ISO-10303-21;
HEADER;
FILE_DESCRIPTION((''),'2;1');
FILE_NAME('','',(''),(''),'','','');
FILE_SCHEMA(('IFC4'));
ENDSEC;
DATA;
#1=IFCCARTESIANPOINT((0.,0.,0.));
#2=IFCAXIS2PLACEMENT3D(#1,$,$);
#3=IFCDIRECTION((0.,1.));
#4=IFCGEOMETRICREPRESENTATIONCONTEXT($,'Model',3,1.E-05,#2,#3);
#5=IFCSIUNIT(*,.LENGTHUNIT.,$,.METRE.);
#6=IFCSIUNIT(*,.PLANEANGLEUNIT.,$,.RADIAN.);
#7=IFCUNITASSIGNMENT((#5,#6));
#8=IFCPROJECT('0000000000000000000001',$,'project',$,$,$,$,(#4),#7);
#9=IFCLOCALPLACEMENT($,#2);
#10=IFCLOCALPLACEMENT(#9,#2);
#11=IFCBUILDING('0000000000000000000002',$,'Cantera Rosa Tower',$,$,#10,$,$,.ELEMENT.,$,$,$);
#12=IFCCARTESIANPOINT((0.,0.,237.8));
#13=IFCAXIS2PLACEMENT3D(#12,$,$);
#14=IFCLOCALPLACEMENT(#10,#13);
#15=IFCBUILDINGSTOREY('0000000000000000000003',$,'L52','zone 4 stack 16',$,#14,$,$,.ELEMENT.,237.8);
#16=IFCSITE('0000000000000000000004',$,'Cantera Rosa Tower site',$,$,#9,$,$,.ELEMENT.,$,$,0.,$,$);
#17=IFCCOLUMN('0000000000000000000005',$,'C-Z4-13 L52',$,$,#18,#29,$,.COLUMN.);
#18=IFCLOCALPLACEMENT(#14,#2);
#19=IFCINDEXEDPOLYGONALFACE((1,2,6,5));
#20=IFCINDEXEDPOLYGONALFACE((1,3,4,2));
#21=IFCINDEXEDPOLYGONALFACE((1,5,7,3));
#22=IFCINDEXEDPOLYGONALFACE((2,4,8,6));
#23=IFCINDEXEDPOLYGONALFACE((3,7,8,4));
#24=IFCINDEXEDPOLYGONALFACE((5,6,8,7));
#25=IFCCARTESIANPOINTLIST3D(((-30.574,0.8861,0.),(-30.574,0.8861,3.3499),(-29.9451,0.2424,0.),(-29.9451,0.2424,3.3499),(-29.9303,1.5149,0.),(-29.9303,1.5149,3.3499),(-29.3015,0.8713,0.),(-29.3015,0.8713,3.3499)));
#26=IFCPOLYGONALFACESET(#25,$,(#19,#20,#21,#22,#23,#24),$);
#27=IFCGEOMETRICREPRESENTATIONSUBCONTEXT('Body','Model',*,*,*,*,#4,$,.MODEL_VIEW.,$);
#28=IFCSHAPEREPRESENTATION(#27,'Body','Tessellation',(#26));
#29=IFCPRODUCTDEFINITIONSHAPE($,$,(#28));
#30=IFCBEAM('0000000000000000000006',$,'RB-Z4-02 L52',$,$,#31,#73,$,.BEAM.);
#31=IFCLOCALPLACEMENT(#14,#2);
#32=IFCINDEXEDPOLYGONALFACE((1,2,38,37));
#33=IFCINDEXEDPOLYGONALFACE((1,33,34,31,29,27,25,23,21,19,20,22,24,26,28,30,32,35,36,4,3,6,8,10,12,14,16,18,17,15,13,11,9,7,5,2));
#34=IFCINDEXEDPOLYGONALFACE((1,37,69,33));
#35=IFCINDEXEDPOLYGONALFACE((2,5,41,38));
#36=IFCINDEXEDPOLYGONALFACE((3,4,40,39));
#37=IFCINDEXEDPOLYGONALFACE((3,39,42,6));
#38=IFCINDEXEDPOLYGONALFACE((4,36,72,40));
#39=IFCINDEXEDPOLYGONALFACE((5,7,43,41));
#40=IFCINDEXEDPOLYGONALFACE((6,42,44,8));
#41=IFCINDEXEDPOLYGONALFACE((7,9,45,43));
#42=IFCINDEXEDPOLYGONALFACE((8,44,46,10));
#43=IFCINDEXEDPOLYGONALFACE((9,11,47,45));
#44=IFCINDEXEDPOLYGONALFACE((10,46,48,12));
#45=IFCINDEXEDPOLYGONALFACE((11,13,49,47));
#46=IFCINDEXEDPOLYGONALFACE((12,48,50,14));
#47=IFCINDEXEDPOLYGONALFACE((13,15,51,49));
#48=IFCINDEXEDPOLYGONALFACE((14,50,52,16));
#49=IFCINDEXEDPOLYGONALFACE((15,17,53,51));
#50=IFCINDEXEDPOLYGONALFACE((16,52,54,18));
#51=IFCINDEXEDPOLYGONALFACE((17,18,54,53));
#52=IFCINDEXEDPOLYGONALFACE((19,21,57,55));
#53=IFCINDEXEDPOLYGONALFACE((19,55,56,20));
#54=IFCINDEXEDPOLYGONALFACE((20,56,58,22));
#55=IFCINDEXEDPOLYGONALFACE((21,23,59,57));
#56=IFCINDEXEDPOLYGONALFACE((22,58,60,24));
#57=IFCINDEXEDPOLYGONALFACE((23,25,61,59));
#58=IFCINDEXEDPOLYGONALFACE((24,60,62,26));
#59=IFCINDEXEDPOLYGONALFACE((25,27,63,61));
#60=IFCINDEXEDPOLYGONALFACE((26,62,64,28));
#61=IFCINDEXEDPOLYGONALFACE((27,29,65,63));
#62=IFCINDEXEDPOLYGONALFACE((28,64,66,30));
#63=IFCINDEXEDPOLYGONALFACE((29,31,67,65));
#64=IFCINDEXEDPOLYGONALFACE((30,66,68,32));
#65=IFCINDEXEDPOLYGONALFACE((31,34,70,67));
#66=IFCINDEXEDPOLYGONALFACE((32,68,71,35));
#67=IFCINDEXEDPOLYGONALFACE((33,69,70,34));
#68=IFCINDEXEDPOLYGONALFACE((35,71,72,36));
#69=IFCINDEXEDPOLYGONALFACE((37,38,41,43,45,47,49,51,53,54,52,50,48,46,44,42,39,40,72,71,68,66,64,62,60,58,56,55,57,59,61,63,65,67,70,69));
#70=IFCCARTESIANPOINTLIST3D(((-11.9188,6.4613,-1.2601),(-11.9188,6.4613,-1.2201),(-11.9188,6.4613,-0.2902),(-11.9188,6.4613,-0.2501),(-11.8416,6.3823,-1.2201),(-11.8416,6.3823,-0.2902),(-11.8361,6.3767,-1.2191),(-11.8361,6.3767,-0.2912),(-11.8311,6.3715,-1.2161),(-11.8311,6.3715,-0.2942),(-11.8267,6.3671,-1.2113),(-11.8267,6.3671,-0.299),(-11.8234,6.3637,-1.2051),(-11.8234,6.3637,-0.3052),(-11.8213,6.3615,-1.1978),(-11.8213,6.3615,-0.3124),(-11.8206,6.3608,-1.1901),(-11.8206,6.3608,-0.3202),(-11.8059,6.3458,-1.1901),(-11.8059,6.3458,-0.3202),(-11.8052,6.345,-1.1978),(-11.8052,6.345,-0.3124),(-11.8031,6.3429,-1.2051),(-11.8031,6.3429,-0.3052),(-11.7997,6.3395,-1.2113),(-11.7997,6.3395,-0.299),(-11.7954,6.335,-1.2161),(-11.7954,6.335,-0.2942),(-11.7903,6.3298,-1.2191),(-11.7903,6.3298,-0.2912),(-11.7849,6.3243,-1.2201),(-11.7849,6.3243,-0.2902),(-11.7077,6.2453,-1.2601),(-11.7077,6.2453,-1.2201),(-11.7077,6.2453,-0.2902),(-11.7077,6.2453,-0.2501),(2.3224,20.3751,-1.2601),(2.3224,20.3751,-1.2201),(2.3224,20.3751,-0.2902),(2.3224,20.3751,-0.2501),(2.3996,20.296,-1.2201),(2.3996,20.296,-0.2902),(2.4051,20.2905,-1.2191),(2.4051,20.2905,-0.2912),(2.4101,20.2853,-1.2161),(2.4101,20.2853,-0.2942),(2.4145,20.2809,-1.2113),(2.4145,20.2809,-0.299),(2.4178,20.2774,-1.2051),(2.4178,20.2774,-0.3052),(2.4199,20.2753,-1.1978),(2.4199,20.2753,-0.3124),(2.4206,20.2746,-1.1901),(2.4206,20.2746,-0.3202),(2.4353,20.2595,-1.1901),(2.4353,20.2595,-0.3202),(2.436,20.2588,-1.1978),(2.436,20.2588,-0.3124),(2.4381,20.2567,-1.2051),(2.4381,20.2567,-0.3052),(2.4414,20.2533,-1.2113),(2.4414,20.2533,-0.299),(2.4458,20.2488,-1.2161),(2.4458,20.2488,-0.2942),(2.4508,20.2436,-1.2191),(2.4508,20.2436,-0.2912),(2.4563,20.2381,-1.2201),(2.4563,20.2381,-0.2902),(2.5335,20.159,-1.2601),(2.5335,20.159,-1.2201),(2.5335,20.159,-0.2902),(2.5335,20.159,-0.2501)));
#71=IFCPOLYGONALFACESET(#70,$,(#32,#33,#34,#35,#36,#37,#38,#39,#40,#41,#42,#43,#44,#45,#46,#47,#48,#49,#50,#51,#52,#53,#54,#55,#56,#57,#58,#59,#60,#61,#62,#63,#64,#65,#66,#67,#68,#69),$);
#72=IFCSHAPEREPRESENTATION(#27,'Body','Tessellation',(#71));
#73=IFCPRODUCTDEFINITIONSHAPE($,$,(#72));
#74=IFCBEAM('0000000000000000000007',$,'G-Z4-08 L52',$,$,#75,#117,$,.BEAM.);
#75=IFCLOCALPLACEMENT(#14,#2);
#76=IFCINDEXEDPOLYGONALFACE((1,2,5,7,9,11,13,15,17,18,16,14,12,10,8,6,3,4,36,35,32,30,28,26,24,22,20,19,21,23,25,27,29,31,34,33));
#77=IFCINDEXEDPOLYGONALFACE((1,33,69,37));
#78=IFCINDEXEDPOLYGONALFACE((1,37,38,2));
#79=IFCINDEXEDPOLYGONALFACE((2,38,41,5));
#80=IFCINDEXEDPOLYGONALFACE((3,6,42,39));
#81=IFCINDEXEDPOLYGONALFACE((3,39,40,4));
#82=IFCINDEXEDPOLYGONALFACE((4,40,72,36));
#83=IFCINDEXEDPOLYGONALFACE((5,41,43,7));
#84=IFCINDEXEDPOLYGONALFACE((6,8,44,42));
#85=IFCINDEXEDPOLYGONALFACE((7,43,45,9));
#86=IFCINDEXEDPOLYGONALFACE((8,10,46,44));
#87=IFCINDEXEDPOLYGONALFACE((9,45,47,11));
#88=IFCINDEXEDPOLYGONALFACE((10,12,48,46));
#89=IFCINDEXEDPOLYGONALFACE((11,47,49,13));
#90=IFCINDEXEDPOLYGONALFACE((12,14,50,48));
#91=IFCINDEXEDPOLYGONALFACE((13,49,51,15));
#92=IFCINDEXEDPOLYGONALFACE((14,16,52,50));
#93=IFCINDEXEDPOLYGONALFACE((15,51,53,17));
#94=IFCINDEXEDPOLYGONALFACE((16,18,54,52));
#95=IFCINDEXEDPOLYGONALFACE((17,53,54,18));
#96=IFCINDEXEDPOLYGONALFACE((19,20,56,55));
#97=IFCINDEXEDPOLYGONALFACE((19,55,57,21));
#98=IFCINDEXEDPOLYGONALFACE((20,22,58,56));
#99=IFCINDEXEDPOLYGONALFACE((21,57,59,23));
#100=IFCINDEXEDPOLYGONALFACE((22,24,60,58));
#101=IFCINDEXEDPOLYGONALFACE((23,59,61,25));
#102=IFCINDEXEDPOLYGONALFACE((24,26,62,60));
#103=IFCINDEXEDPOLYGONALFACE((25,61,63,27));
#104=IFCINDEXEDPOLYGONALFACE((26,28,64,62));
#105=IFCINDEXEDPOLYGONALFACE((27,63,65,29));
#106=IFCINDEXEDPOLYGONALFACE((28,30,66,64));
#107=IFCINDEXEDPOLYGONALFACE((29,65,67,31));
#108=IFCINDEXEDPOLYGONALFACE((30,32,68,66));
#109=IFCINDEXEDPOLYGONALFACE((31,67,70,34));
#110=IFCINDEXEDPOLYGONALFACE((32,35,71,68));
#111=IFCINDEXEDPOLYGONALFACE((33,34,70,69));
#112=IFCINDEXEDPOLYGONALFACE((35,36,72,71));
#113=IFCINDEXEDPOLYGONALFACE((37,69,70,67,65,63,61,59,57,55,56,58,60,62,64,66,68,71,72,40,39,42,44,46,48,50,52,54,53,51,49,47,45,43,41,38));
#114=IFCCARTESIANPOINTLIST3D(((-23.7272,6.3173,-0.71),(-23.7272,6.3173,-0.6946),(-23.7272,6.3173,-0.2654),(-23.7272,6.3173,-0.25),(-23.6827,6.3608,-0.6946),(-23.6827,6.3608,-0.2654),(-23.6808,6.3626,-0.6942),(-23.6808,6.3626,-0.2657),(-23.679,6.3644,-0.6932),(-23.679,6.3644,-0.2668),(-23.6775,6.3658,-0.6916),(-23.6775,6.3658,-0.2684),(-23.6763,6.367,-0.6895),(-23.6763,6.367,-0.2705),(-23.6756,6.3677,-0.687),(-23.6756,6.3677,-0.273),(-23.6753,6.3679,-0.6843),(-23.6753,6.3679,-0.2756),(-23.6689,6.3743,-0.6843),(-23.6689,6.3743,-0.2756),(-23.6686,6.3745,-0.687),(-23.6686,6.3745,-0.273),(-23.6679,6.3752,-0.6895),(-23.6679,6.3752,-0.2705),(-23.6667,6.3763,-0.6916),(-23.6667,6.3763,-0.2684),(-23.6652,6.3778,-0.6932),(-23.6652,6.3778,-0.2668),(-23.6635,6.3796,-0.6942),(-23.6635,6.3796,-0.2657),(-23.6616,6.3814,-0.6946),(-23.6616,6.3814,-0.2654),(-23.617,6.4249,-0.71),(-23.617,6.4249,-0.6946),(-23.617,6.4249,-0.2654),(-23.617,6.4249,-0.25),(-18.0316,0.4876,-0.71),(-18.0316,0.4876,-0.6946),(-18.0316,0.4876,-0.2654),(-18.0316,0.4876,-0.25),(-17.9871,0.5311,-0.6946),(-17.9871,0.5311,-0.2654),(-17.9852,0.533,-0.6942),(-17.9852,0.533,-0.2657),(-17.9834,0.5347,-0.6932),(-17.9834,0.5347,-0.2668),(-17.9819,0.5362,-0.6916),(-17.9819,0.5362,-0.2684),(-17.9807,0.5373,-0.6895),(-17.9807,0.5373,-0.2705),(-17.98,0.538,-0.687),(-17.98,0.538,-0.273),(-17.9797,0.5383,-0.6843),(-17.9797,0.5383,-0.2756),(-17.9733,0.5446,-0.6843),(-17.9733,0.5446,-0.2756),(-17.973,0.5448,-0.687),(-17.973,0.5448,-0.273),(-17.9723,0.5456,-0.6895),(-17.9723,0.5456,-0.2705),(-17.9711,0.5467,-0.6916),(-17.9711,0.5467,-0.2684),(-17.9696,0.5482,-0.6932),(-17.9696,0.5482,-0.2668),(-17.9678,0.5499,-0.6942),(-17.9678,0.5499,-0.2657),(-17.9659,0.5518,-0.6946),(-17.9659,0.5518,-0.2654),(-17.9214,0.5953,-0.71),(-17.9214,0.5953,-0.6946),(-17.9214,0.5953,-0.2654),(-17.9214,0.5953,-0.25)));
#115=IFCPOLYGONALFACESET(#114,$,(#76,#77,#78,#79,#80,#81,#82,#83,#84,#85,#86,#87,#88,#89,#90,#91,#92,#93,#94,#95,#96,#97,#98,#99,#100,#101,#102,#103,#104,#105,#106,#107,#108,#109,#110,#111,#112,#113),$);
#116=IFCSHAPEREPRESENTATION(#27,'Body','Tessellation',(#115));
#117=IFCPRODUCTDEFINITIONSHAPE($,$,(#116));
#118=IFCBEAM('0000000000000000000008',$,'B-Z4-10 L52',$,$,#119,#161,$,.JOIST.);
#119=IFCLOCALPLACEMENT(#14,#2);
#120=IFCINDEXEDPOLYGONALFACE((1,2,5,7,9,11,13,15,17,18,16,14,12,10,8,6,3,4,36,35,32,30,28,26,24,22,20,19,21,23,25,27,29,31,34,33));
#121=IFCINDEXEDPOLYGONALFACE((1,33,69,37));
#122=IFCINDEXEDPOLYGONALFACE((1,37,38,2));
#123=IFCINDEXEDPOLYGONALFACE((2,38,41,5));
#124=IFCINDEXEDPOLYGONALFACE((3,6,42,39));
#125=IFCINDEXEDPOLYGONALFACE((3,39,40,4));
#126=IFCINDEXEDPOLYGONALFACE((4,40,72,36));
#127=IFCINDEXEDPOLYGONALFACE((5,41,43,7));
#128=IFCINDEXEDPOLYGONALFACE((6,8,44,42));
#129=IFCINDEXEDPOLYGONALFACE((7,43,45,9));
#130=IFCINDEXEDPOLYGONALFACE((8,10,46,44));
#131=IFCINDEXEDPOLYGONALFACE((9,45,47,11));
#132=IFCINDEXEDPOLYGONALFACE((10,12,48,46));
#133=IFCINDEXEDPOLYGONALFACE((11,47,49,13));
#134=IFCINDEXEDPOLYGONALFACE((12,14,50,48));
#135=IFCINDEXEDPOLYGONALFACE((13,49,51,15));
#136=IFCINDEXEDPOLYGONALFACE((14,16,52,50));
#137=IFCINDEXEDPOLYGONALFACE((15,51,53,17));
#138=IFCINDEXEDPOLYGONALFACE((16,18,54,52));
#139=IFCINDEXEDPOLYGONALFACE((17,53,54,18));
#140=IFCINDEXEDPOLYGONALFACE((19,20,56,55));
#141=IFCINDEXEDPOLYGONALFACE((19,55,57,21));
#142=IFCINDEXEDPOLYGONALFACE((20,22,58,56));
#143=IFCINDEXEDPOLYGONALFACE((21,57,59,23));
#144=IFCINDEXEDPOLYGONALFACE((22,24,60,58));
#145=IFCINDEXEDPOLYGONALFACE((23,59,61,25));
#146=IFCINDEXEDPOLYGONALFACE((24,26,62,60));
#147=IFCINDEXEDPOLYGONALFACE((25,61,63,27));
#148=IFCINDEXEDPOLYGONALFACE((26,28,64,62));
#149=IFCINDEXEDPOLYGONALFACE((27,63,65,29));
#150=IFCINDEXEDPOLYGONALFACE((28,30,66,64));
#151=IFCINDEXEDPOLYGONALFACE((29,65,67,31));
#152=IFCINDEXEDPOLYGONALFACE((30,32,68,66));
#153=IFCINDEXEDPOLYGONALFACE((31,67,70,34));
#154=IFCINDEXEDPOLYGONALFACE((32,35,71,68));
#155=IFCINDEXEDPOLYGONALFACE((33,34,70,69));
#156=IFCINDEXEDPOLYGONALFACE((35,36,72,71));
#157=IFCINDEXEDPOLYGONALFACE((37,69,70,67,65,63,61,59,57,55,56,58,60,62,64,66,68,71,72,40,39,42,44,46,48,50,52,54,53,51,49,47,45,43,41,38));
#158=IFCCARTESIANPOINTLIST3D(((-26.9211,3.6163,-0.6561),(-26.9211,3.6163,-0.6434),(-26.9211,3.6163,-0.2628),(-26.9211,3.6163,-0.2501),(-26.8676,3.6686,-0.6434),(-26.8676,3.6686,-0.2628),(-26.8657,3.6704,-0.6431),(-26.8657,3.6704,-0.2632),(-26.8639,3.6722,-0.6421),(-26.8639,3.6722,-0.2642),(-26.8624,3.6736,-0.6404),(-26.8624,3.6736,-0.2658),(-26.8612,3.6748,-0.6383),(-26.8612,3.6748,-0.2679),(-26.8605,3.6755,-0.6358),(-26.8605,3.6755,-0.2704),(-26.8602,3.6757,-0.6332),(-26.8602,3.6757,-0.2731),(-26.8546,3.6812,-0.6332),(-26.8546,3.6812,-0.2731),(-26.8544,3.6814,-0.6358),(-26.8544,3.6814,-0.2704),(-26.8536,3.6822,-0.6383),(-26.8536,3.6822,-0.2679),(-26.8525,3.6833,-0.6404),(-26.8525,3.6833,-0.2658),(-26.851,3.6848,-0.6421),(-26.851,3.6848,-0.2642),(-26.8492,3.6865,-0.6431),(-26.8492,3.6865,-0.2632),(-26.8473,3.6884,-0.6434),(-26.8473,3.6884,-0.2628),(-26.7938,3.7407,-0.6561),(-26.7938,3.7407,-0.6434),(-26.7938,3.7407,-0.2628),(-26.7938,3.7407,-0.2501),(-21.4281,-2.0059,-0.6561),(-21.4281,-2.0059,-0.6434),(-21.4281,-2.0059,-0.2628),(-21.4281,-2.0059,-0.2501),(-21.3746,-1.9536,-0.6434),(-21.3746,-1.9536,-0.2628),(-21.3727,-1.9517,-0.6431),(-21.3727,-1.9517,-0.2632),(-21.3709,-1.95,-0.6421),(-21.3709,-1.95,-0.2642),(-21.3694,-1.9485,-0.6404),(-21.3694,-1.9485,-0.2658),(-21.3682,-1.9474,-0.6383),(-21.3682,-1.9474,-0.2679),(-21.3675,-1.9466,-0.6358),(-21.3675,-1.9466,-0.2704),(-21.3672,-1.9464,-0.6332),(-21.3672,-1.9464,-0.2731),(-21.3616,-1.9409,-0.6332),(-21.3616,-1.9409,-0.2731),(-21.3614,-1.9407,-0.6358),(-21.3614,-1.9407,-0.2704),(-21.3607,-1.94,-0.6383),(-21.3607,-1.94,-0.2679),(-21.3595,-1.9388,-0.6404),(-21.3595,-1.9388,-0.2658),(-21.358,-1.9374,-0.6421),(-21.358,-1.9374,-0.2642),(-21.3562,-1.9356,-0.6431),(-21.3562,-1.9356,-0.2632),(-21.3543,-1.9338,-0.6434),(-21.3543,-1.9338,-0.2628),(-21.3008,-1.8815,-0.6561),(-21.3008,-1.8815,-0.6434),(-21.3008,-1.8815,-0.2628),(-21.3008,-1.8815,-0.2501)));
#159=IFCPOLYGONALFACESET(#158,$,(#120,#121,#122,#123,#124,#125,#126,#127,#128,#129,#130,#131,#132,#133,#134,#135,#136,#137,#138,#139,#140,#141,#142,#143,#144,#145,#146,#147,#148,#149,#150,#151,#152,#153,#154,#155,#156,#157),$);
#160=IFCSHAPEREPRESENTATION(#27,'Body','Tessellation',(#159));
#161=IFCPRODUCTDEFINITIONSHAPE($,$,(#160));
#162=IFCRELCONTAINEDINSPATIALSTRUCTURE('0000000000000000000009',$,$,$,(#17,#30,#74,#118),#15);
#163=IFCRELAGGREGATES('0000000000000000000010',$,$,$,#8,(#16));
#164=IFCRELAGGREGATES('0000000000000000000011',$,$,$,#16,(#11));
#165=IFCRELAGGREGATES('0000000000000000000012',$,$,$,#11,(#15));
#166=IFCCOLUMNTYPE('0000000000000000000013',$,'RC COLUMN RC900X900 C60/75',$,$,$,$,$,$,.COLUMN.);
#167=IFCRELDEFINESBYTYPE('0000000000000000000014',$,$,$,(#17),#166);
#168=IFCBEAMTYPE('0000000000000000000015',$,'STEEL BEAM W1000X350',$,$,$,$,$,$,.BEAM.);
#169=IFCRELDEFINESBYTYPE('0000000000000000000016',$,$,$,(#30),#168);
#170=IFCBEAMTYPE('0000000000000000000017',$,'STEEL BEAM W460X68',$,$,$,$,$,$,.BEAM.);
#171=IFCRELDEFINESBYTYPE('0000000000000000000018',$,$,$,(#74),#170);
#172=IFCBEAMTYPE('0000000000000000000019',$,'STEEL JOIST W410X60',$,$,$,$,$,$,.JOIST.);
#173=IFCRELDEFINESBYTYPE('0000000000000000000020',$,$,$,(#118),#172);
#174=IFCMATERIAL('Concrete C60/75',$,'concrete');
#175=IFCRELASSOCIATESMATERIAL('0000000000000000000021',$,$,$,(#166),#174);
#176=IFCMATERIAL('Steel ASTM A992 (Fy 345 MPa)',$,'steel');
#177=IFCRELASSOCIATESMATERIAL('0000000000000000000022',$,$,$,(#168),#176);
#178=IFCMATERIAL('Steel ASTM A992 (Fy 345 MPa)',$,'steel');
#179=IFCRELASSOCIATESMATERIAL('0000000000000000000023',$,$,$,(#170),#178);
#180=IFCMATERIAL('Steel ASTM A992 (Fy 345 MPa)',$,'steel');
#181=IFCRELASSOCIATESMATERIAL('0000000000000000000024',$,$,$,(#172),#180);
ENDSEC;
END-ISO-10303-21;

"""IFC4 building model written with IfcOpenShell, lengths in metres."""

from ifc_helpers import new_model, si_unit, direction, frame, origin, origin_2d, place, context, subcontext, project, spatial, rectangle, i_section, extrude, material, material_profile, profile_set, type_object, element, save


model = new_model("IFC4")

# Units and contexts
model_context = context("Model", 3, precision=1e-05, world=origin(), true_north=direction((0.0, 1.0)))
body_context = subcontext(model_context, "Body", "Model", "MODEL_VIEW")
ifc_project = project(units=[si_unit("LENGTHUNIT", "METRE"), si_unit("PLANEANGLEUNIT", "RADIAN")], contexts=[model_context])

# Site, building, storey
site_placement = place(None, origin())
site = spatial("IfcSite", under=ifc_project, at=site_placement, Name="Cantera Rosa Tower site", CompositionType="ELEMENT", RefElevation=0.0)
building_placement = place(site_placement, origin())
building = spatial("IfcBuilding", under=site, at=building_placement, Name="Cantera Rosa Tower", CompositionType="ELEMENT")
storey_placement = place(building_placement, frame((0.0, 0.0, 237.8)))
storey = spatial("IfcBuildingStorey", under=building, at=storey_placement, Name="L52", Description="zone 4 stack 16", CompositionType="ELEMENT", Elevation=237.8)

# Column
ifc_material_1 = material(Name="Concrete C60/75", Category="concrete")
ifc_material_profile_1 = material_profile(ifc_material_1, rectangle(XDim=0.8999, YDim=0.8999, at=origin_2d()), Name="RC COLUMN RC900X900 C60/75")
ifc_profile_set_1 = profile_set([ifc_material_profile_1], Name="Concrete C60/75")
column_type = type_object("IfcColumnType", Name="RC COLUMN RC900X900 C60/75", PredefinedType="COLUMN", material=ifc_profile_set_1)
column_placement = place(storey_placement, frame((-29.9377, 0.8787, 0.0), z_axis=(0.0, 0.0, 1.0), x_axis=(0.715286, 0.698832, 0.0)))
element("IfcColumn", 1, at=column_placement, inside=storey, type_object=column_type, Name="C-Z4-13 L52", PredefinedType="COLUMN", context=body_context, shape_type="SweptSolid", body=[
    extrude(rectangle(XDim=0.8999, YDim=0.8999, at=origin_2d()), origin(), (0.0, 0.0, 1.0), 3.3499),
])

# Beams
ifc_material_2 = material(Name="Steel ASTM A992 (Fy 345 MPa)", Category="steel")
ifc_material_profile_2 = material_profile(ifc_material_2, i_section(OverallWidth=0.302, OverallDepth=1.01, WebThickness=0.021, FlangeThickness=0.04, FilletRadius=0.03, at=origin_2d()), Name="W1000X350")
ifc_profile_set_2 = profile_set([ifc_material_profile_2], Name="Steel ASTM A992 (Fy 345 MPa)")
beam_type_1 = type_object("IfcBeamType", Name="STEEL BEAM W1000X350", PredefinedType="BEAM", material=ifc_profile_set_2)
beam_1_placement = place(storey_placement, frame((-11.8132, 6.3533, -0.7551), z_axis=(0.715281, 0.698837, 0.0), x_axis=(-0.698837, 0.715281, 0.0)))
element("IfcBeam", 2, at=beam_1_placement, inside=storey, type_object=beam_type_1, Name="RB-Z4-02 L52", PredefinedType="BEAM", context=body_context, shape_type="SweptSolid", body=[
    extrude(i_section(OverallWidth=0.302, OverallDepth=1.01, WebThickness=0.021, FlangeThickness=0.04, FilletRadius=0.03, at=origin_2d()), origin(), (0.0, 0.0, 1.0), 19.9099),
])
ifc_material_3 = material(Name="Steel ASTM A992 (Fy 345 MPa)", Category="steel")
ifc_material_profile_3 = material_profile(ifc_material_3, i_section(OverallWidth=0.1541, OverallDepth=0.46, WebThickness=0.009, FlangeThickness=0.0154, FilletRadius=0.0103, at=origin_2d()), Name="W460X68")
ifc_profile_set_3 = profile_set([ifc_material_profile_3], Name="Steel ASTM A992 (Fy 345 MPa)")
beam_type_2 = type_object("IfcBeamType", Name="STEEL BEAM W460X68", PredefinedType="BEAM", material=ifc_profile_set_3)
beam_2_placement = place(storey_placement, frame((-23.6721, 6.3711, -0.48), z_axis=(0.698836, -0.715282, 0.0), x_axis=(0.715282, 0.698836, 0.0)))
element("IfcBeam", 3, at=beam_2_placement, inside=storey, type_object=beam_type_2, Name="G-Z4-08 L52", PredefinedType="BEAM", context=body_context, shape_type="SweptSolid", body=[
    extrude(i_section(OverallWidth=0.1541, OverallDepth=0.46, WebThickness=0.009, FlangeThickness=0.0154, FilletRadius=0.0103, at=origin_2d()), origin(), (0.0, 0.0, 1.0), 8.1501),
])
ifc_material_4 = material(Name="Steel ASTM A992 (Fy 345 MPa)", Category="steel")
ifc_material_profile_4 = material_profile(ifc_material_4, i_section(OverallWidth=0.178, OverallDepth=0.406, WebThickness=0.0078, FlangeThickness=0.0127, FilletRadius=0.0103, at=origin_2d()), Name="W410X60")
ifc_profile_set_4 = profile_set([ifc_material_profile_4], Name="Steel ASTM A992 (Fy 345 MPa)")
beam_type_3 = type_object("IfcBeamType", Name="STEEL JOIST W410X60", PredefinedType="JOIST", material=ifc_profile_set_4)
beam_3_placement = place(storey_placement, frame((-26.8574, 3.6785, -0.4531), z_axis=(0.698843, -0.715275, 0.0), x_axis=(0.715275, 0.698843, 0.0)))
element("IfcBeam", 4, at=beam_3_placement, inside=storey, type_object=beam_type_3, Name="B-Z4-10 L52", PredefinedType="JOIST", context=body_context, shape_type="SweptSolid", body=[
    extrude(i_section(OverallWidth=0.178, OverallDepth=0.406, WebThickness=0.0078, FlangeThickness=0.0127, FilletRadius=0.0103, at=origin_2d()), origin(), (0.0, 0.0, 1.0), 7.8601),
])

save(model, "model.ifc")
